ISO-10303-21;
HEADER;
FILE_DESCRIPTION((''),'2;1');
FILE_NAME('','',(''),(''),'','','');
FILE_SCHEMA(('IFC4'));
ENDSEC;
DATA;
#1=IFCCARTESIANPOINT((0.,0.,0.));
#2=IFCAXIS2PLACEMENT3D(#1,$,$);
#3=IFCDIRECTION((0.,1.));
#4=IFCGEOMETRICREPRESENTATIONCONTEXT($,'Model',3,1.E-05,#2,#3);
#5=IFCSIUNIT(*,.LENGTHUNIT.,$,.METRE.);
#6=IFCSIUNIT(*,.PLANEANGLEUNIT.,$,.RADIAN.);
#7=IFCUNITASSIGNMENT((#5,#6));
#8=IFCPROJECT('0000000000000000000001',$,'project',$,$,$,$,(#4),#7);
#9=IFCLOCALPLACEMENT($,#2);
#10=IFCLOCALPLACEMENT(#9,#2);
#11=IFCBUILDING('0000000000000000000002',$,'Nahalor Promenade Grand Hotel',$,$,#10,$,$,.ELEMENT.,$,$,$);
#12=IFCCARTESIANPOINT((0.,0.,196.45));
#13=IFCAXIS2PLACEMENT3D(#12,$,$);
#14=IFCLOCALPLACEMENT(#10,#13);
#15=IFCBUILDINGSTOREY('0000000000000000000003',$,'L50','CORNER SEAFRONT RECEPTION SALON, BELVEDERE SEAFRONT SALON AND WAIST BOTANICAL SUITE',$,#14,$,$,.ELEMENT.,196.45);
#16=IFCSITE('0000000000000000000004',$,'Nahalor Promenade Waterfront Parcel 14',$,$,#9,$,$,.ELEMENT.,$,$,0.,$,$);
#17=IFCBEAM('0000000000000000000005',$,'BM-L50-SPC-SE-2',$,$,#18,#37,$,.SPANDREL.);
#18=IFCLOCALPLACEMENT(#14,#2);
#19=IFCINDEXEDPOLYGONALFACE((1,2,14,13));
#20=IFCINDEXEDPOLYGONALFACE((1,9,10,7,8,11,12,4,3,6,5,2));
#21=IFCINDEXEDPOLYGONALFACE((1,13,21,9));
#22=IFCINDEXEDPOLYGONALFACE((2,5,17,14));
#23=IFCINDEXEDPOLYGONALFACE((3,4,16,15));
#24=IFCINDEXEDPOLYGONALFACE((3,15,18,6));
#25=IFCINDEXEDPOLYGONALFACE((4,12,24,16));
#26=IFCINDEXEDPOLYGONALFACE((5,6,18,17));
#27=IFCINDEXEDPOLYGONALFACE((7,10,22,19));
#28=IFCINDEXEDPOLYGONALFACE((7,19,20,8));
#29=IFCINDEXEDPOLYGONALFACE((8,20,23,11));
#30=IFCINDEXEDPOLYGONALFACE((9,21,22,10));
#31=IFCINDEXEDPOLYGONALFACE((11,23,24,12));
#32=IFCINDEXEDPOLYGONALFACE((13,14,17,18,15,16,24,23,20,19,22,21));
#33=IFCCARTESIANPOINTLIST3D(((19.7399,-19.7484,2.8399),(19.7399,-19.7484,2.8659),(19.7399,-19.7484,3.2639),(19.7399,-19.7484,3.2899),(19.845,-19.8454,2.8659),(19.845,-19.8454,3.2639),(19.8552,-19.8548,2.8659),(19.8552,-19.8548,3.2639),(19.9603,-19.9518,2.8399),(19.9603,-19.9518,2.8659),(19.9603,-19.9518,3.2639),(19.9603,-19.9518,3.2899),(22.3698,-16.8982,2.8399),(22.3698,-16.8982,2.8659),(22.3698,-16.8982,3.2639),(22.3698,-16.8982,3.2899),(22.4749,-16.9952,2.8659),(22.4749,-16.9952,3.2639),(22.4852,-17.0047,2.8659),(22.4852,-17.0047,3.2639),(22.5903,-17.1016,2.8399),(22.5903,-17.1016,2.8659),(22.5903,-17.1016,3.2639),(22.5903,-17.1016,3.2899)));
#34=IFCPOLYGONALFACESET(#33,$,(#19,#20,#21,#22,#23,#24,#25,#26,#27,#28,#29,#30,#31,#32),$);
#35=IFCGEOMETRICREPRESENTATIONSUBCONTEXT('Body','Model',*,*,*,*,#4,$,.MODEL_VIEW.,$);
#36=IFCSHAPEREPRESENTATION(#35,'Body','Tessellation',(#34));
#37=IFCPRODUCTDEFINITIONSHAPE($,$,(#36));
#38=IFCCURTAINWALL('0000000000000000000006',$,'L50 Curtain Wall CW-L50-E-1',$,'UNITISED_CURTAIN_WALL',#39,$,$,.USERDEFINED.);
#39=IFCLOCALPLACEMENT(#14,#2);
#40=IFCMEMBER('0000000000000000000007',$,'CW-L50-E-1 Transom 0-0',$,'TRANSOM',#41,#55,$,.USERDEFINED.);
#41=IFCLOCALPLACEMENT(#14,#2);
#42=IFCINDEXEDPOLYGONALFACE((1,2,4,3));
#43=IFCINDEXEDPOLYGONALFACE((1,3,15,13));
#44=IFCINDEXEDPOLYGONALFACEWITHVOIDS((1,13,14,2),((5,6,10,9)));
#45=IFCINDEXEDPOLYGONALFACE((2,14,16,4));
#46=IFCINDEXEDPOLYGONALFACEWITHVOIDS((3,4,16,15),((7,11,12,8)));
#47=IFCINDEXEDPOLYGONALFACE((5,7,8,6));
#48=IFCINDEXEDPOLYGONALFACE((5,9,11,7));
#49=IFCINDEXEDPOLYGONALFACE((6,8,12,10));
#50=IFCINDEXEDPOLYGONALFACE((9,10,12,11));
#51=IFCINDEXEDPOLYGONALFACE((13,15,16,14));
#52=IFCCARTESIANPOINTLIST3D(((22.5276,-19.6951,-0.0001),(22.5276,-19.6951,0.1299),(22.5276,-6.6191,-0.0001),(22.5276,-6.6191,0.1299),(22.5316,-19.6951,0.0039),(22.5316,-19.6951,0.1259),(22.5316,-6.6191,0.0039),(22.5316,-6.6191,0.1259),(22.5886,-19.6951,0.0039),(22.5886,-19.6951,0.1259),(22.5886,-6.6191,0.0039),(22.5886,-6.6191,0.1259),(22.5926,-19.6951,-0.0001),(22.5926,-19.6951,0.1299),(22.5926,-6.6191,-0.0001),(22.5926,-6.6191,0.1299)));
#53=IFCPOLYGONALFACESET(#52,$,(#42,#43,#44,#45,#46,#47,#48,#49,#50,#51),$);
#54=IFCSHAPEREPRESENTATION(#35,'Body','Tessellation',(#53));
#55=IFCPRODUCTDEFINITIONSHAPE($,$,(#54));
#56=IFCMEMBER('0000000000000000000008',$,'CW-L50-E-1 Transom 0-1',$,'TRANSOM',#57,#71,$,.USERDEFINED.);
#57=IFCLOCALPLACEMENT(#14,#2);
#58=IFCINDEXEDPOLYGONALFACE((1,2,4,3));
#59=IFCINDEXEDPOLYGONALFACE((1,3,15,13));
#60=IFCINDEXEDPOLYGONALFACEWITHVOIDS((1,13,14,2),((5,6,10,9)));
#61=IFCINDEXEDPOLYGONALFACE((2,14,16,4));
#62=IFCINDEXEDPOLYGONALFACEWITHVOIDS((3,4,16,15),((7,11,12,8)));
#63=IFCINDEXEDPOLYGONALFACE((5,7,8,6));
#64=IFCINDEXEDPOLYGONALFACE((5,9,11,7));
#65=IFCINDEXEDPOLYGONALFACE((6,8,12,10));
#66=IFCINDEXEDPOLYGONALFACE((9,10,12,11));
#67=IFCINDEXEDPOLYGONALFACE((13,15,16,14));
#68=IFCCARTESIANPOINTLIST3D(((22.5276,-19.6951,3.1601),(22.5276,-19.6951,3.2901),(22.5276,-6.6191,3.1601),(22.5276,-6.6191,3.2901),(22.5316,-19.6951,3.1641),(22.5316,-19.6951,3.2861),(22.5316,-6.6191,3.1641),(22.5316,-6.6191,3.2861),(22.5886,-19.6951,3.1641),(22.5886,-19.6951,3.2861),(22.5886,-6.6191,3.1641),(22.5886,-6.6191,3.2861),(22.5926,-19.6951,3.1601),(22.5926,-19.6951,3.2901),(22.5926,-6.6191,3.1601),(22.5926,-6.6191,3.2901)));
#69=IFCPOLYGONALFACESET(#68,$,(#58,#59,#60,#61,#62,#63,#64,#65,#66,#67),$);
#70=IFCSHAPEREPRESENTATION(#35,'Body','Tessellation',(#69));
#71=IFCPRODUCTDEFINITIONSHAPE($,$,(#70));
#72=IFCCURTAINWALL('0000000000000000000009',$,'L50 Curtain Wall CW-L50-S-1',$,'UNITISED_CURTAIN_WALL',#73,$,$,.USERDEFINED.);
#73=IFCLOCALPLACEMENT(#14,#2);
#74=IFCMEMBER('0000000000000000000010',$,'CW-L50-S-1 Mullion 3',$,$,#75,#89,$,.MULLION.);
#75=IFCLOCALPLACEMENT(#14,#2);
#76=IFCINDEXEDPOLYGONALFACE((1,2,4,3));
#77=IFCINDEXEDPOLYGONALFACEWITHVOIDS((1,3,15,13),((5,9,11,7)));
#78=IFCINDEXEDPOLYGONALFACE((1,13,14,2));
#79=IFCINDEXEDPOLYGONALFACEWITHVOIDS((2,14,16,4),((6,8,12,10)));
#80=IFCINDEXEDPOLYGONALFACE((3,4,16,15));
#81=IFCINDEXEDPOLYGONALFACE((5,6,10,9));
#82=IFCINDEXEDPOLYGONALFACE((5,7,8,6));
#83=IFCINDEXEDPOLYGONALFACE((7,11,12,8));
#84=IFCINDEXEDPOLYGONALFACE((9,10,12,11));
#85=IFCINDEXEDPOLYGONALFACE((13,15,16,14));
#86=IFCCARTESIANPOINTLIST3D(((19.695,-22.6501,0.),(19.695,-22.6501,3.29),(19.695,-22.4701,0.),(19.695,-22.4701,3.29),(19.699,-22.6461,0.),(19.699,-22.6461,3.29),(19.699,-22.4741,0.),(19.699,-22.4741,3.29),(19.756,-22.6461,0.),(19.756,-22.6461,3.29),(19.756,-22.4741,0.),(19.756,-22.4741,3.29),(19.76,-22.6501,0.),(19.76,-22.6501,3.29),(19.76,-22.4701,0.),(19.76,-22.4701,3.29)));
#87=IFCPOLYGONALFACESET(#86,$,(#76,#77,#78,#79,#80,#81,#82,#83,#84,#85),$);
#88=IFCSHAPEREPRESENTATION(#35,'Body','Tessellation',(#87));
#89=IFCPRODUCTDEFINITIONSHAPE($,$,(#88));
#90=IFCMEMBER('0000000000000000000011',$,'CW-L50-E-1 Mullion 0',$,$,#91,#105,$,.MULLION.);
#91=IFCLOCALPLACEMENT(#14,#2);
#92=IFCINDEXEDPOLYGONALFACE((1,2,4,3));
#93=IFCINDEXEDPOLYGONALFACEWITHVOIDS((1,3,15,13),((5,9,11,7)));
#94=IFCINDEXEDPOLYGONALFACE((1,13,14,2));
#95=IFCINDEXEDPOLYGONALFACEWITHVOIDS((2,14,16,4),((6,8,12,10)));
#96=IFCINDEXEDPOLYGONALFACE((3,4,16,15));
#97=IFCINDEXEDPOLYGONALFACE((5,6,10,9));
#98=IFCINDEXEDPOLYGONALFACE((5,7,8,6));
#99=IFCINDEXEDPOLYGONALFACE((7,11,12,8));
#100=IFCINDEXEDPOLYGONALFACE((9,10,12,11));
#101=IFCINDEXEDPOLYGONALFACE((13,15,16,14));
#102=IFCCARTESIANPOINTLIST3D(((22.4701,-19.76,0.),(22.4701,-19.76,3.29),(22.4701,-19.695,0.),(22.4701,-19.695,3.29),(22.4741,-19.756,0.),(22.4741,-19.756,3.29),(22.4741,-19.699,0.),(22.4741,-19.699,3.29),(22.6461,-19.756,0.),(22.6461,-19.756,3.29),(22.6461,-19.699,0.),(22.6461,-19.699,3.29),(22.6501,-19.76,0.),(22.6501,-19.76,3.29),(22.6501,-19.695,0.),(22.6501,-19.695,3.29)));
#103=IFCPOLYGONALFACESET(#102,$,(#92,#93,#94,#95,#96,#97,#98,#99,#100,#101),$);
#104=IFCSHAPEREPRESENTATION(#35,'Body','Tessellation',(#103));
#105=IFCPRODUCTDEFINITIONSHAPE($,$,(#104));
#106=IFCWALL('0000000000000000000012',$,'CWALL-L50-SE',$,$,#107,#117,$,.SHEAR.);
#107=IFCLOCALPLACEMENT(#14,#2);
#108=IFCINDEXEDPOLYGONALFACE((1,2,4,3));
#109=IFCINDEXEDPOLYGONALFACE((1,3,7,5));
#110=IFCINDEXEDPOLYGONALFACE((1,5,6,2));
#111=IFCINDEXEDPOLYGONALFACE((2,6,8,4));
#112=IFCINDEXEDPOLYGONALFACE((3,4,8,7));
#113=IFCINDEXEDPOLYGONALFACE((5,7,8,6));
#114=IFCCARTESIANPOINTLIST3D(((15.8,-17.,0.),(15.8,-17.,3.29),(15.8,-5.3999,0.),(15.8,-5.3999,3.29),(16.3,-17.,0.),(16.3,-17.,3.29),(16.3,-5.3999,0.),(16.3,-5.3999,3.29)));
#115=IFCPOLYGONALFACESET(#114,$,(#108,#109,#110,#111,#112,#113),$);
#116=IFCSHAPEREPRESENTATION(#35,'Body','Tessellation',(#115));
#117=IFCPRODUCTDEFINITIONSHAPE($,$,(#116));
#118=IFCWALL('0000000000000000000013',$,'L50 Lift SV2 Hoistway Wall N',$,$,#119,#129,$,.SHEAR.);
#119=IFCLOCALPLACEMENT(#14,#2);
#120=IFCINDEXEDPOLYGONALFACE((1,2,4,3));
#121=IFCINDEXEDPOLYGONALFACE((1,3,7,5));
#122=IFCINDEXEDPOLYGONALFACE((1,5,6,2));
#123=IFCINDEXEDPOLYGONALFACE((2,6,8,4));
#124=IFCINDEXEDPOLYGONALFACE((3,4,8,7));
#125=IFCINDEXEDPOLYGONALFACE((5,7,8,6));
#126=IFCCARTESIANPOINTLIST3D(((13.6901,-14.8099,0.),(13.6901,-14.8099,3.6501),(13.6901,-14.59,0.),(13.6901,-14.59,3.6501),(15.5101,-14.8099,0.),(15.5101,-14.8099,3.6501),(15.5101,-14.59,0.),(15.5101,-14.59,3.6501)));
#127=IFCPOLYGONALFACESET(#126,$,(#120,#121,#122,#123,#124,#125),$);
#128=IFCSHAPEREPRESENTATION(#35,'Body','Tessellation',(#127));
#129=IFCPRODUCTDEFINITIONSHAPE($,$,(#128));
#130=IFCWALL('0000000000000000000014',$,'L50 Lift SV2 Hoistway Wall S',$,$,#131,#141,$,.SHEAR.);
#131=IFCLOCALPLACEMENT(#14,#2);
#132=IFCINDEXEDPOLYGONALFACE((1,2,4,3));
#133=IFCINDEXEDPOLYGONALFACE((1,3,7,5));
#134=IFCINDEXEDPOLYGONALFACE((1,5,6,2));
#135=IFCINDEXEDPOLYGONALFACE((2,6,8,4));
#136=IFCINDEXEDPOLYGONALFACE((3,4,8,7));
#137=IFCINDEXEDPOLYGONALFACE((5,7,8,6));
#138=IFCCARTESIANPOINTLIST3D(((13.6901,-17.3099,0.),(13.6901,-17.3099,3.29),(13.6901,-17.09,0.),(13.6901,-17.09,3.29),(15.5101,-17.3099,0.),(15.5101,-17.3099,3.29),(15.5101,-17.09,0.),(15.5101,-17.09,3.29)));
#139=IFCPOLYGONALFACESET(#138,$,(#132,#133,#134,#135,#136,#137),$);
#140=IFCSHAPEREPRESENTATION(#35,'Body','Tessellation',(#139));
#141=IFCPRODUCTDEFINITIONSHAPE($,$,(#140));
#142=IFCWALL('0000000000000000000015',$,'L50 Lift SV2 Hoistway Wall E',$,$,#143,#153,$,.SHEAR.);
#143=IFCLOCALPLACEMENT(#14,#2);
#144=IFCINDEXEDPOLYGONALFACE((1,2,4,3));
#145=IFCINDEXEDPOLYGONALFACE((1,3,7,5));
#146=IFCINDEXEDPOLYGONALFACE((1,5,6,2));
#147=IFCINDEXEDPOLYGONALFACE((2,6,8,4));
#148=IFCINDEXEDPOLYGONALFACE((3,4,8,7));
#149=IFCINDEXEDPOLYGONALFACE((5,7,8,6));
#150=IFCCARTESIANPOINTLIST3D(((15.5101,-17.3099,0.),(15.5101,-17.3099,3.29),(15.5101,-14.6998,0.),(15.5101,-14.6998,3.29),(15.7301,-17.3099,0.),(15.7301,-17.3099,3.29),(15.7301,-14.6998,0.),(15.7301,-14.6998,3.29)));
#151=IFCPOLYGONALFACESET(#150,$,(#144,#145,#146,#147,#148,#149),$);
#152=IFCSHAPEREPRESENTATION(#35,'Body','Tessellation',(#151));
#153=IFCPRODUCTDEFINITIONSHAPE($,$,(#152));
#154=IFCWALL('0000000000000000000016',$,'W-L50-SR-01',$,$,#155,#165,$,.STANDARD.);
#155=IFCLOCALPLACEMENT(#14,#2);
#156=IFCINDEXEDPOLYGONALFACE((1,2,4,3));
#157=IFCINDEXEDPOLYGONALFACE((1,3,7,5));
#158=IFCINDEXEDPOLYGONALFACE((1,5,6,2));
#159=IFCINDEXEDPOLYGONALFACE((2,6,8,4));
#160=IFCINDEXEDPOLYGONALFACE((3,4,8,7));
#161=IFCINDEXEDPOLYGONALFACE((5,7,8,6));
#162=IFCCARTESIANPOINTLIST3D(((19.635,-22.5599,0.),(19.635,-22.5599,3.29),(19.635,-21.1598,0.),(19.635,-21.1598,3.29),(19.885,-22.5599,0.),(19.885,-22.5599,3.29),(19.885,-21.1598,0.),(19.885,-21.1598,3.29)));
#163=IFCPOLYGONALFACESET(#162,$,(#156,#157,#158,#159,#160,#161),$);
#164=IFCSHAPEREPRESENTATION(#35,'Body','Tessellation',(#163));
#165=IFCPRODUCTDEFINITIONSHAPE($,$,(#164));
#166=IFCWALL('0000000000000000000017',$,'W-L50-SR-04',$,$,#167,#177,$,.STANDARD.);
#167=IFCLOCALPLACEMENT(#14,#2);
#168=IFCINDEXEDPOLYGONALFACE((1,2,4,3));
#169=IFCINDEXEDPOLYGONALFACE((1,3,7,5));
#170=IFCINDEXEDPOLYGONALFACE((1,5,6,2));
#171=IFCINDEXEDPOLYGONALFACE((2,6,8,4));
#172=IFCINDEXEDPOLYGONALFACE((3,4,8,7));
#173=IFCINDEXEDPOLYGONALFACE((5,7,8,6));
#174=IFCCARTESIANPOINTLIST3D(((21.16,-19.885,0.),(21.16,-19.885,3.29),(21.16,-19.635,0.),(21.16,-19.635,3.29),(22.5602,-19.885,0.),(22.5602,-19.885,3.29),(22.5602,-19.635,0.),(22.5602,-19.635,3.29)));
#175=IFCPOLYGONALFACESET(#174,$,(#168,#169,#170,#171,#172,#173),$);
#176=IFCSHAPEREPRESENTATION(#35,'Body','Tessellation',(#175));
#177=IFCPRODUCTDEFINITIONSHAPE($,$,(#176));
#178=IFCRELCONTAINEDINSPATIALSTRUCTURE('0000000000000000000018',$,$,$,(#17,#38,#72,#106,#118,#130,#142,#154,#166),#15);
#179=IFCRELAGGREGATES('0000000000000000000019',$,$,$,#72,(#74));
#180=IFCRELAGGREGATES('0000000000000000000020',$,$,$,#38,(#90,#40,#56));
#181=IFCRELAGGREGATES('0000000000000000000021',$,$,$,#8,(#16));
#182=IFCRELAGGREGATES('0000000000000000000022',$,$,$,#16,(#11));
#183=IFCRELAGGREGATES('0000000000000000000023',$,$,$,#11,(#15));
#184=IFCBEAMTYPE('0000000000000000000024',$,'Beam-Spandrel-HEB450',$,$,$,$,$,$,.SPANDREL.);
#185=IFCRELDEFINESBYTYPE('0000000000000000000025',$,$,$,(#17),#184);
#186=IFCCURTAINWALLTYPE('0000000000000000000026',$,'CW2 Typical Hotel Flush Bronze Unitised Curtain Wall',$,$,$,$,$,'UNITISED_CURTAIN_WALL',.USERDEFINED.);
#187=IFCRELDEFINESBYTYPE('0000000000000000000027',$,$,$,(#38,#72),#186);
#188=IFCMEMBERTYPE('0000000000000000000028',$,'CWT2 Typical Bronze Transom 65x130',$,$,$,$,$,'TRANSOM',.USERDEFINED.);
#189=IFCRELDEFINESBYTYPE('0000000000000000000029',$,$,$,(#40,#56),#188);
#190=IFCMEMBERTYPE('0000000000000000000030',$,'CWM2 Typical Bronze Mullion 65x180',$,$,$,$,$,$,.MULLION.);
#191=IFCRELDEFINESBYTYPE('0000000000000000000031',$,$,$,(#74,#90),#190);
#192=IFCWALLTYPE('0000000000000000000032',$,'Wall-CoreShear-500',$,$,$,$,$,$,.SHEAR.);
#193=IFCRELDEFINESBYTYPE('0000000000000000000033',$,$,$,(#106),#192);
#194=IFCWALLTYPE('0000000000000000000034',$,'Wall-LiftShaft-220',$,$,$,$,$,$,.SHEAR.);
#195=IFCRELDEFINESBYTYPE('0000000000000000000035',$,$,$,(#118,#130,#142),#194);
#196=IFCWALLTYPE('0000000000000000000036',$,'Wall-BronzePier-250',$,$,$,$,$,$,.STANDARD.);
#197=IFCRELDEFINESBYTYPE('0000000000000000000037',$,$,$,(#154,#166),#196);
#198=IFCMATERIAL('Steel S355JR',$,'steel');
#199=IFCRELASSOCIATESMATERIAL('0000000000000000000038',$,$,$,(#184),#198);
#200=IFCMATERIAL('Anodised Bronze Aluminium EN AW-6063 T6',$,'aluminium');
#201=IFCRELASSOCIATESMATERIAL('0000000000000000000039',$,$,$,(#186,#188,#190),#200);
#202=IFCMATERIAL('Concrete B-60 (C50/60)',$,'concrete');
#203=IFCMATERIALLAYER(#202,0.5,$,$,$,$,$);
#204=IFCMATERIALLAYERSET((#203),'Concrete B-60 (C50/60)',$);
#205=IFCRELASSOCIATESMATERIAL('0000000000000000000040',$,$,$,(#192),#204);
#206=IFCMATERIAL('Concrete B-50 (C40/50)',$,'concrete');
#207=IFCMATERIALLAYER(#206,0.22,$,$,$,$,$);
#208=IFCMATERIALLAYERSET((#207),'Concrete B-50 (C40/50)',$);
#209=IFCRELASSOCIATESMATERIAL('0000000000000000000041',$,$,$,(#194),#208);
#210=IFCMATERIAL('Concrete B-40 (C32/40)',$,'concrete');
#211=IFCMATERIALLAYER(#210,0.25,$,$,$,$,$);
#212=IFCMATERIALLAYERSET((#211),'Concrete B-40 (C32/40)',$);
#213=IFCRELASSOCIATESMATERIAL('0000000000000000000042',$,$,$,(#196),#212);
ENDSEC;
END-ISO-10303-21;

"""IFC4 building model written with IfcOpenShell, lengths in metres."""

from ifc_helpers import new_model, si_unit, direction, frame, frame_2d, origin, origin_2d, place, context, subcontext, project, spatial, rectangle, hollow_rectangle, i_section, extrude, source, transform, mapped, material, layer, layer_set, material_profile, profile_set, type_object, element, aggregate, save


model = new_model("IFC4")

# Units and contexts
model_context = context("Model", 3, precision=1e-05, world=origin(), true_north=direction((0.0, 1.0)))
body_context = subcontext(model_context, "Body", "Model", "MODEL_VIEW")
ifc_project = project(units=[si_unit("LENGTHUNIT", "METRE"), si_unit("PLANEANGLEUNIT", "RADIAN")], contexts=[model_context])

# Site, building, storey
site_placement = place(None, origin())
site = spatial("IfcSite", under=ifc_project, at=site_placement, Name="Nahalor Promenade Waterfront Parcel 14", CompositionType="ELEMENT", RefElevation=0.0)
building_placement = place(site_placement, origin())
building = spatial("IfcBuilding", under=site, at=building_placement, Name="Nahalor Promenade Grand Hotel", CompositionType="ELEMENT")
storey_placement = place(building_placement, frame((0.0, 0.0, 196.45)))
storey = spatial("IfcBuildingStorey", under=building, at=storey_placement, Name="L50", Description="CORNER SEAFRONT RECEPTION SALON, BELVEDERE SEAFRONT SALON AND WAIST BOTANICAL SUITE", CompositionType="ELEMENT", Elevation=196.45)

# Shared definitions
ifc_material_1 = material(Name="Concrete B-60 (C50/60)", Category="concrete")

# Beam
ifc_material_2 = material(Name="Steel S355JR", Category="steel")
ifc_material_profile_1 = material_profile(ifc_material_2, i_section(OverallWidth=0.3, OverallDepth=0.45, WebThickness=0.014, FlangeThickness=0.026, at=origin_2d()), Name="HEB 450")
ifc_profile_set_1 = profile_set([ifc_material_profile_1], Name="Steel S355JR")
beam_type_1 = type_object("IfcBeamType", Name="Beam-Spandrel-HEB450", PredefinedType="SPANDREL", material=ifc_profile_set_1)
shared_shape_1 = source(origin(), body_context, "Body", "SweptSolid", [
    extrude(i_section(OverallWidth=0.3, OverallDepth=0.45, WebThickness=0.014, FlangeThickness=0.026, at=origin_2d()), origin(), (0.0, 0.0, 1.0), 3.8782),
])
for number, where, z_axis, x_axis, name in (
    (1, (19.8501, -19.8501, 3.0649), (0.678144, 0.734929, 0.0), (-0.734929, 0.678144, 0.0), "BM-L50-SPC-SE-2"),
):
    element("IfcBeam", number, at=place(storey_placement, frame(where, z_axis=z_axis, x_axis=x_axis)), inside=storey, type_object=beam_type_1, Name=name, PredefinedType="SPANDREL", context=body_context, shape_type="MappedRepresentation", body=[
        mapped(shared_shape_1, transform((0.0, 0.0, 0.0), scale=1.0)),
    ])

# Curtain wall, members
ifc_material_3 = material(Name="Anodised Bronze Aluminium EN AW-6063 T6", Category="aluminium")
curtain_wall_type = type_object("IfcCurtainWallType", Name="CW2 Typical Hotel Flush Bronze Unitised Curtain Wall", ElementType="UNITISED_CURTAIN_WALL", PredefinedType="USERDEFINED", material=ifc_material_3)
curtain_wall_1_placement = place(storey_placement, origin())
curtain_wall_1 = element("IfcCurtainWall", 2, at=curtain_wall_1_placement, inside=storey, type_object=curtain_wall_type, Name="L50 Curtain Wall CW-L50-E-1", ObjectType="UNITISED_CURTAIN_WALL", PredefinedType="USERDEFINED")
ifc_material_profile_2 = material_profile(ifc_material_3, hollow_rectangle(XDim=0.065, YDim=0.13, WallThickness=0.004, at=origin_2d()), Name="CWT 65x130x4")
ifc_profile_set_2 = profile_set([ifc_material_profile_2], Name="Anodised Bronze Aluminium EN AW-6063 T6")
member_type_1 = type_object("IfcMemberType", Name="CWT2 Typical Bronze Transom 65x130", ElementType="TRANSOM", PredefinedType="USERDEFINED", material=ifc_profile_set_2)
shared_shape_2 = source(origin(), body_context, "Body", "SweptSolid", [
    extrude(hollow_rectangle(XDim=0.065, YDim=0.13, WallThickness=0.004, at=origin_2d()), origin(), (0.0, 0.0, 1.0), 13.0759),
])
member_1_placement = place(storey_placement, frame((22.5601, -19.6951, 0.0649), z_axis=(0.0, 1.0, 0.0), x_axis=(-1.0, 0.0, 0.0)))
member_1 = element("IfcMember", 3, at=member_1_placement, type_object=member_type_1, Name="CW-L50-E-1 Transom 0-0", ObjectType="TRANSOM", PredefinedType="USERDEFINED", context=body_context, shape_type="MappedRepresentation", body=[
    mapped(shared_shape_2, transform((0.0, 0.0, 0.0), scale=1.0)),
])
member_2_placement = place(storey_placement, frame((22.5601, -19.6951, 3.2251), z_axis=(0.0, 1.0, 0.0), x_axis=(-1.0, 0.0, 0.0)))
member_2 = element("IfcMember", 4, at=member_2_placement, type_object=member_type_1, Name="CW-L50-E-1 Transom 0-1", ObjectType="TRANSOM", PredefinedType="USERDEFINED", context=body_context, shape_type="MappedRepresentation", body=[
    mapped(shared_shape_2, transform((0.0, 0.0, 0.0), scale=1.0)),
])

# Curtain wall, member
curtain_wall_2_placement = place(storey_placement, origin())
curtain_wall_2 = element("IfcCurtainWall", 5, at=curtain_wall_2_placement, inside=storey, type_object=curtain_wall_type, Name="L50 Curtain Wall CW-L50-S-1", ObjectType="UNITISED_CURTAIN_WALL", PredefinedType="USERDEFINED")
ifc_material_profile_3 = material_profile(ifc_material_3, hollow_rectangle(XDim=0.065, YDim=0.18, WallThickness=0.004, at=origin_2d()), Name="CWM 65x180x4")
ifc_profile_set_3 = profile_set([ifc_material_profile_3], Name="Anodised Bronze Aluminium EN AW-6063 T6")
member_type_2 = type_object("IfcMemberType", Name="CWM2 Typical Bronze Mullion 65x180", PredefinedType="MULLION", material=ifc_profile_set_3)
shared_shape_3 = source(origin(), body_context, "Body", "SweptSolid", [
    extrude(hollow_rectangle(XDim=0.065, YDim=0.18, WallThickness=0.004, at=origin_2d()), origin(), (0.0, 0.0, 1.0), 3.29),
])
member_3_placement = place(storey_placement, frame((19.7275, -22.5601, 0.0), z_axis=(0.0, 0.0, 1.0), x_axis=(1.0, 0.0, 0.0)))
member_3 = element("IfcMember", 6, at=member_3_placement, type_object=member_type_2, Name="CW-L50-S-1 Mullion 3", PredefinedType="MULLION", context=body_context, shape_type="MappedRepresentation", body=[
    mapped(shared_shape_3, transform((0.0, 0.0, 0.0), scale=1.0)),
])
aggregate(curtain_wall_2, [member_3])

# Member
member_4_placement = place(storey_placement, frame((22.5601, -19.7275, 0.0), z_axis=(0.0, 0.0, 1.0), x_axis=(0.0, 1.0, 0.0)))
member_4 = element("IfcMember", 7, at=member_4_placement, type_object=member_type_2, Name="CW-L50-E-1 Mullion 0", PredefinedType="MULLION", context=body_context, shape_type="MappedRepresentation", body=[
    mapped(shared_shape_3, transform((0.0, 0.0, 0.0), scale=1.0)),
])
aggregate(curtain_wall_1, [member_4, member_1, member_2])

# Walls
ifc_layer_1 = layer(ifc_material_1, 0.5)
ifc_layer_set_1 = layer_set([ifc_layer_1], Name="Concrete B-60 (C50/60)")
wall_type_1 = type_object("IfcWallType", Name="Wall-CoreShear-500", PredefinedType="SHEAR", material=ifc_layer_set_1)
shared_shape_4 = source(origin(), body_context, "Body", "SweptSolid", [
    extrude(rectangle(XDim=11.6001, YDim=0.5, at=frame_2d((5.8, 0.0))), origin(), (0.0, 0.0, 1.0), 3.29),
])
wall_1_placement = place(storey_placement, frame((16.05, -17.0, 0.0), z_axis=(0.0, 0.0, 1.0), x_axis=(0.0, 1.0, 0.0)))
element("IfcWall", 8, at=wall_1_placement, inside=storey, type_object=wall_type_1, Name="CWALL-L50-SE", PredefinedType="SHEAR", context=body_context, shape_type="MappedRepresentation", body=[
    mapped(shared_shape_4, transform((0.0, 0.0, 0.0), scale=1.0)),
])
ifc_material_4 = material(Name="Concrete B-50 (C40/50)", Category="concrete")
ifc_layer_2 = layer(ifc_material_4, 0.22)
ifc_layer_set_2 = layer_set([ifc_layer_2], Name="Concrete B-50 (C40/50)")
wall_type_2 = type_object("IfcWallType", Name="Wall-LiftShaft-220", PredefinedType="SHEAR", material=ifc_layer_set_2)
shared_shape_5 = source(origin(), body_context, "Body", "SweptSolid", [
    extrude(rectangle(XDim=1.8201, YDim=0.22, at=frame_2d((0.9102, 0.0))), origin(), (0.0, 0.0, 1.0), 3.6501),
])
wall_2_placement = place(storey_placement, frame((13.6899, -14.7, 0.0), z_axis=(0.0, 0.0, 1.0), x_axis=(1.0, 0.0, 0.0)))
element("IfcWall", 9, at=wall_2_placement, inside=storey, type_object=wall_type_2, Name="L50 Lift SV2 Hoistway Wall N", PredefinedType="SHEAR", context=body_context, shape_type="MappedRepresentation", body=[
    mapped(shared_shape_5, transform((0.0, 0.0, 0.0), scale=1.0)),
])
shared_shape_6 = source(origin(), body_context, "Body", "SweptSolid", [
    extrude(rectangle(XDim=1.8201, YDim=0.22, at=frame_2d((0.9102, 0.0))), origin(), (0.0, 0.0, 1.0), 3.29),
])
wall_3_placement = place(storey_placement, frame((13.6899, -17.2, 0.0), z_axis=(0.0, 0.0, 1.0), x_axis=(1.0, 0.0, 0.0)))
element("IfcWall", 10, at=wall_3_placement, inside=storey, type_object=wall_type_2, Name="L50 Lift SV2 Hoistway Wall S", PredefinedType="SHEAR", context=body_context, shape_type="MappedRepresentation", body=[
    mapped(shared_shape_6, transform((0.0, 0.0, 0.0), scale=1.0)),
])
shared_shape_7 = source(origin(), body_context, "Body", "SweptSolid", [
    extrude(rectangle(XDim=2.6101, YDim=0.22, at=frame_2d((1.3052, 0.0))), origin(), (0.0, 0.0, 1.0), 3.29),
])
wall_4_placement = place(storey_placement, frame((15.6201, -17.3101, 0.0), z_axis=(0.0, 0.0, 1.0), x_axis=(0.0, 1.0, 0.0)))
element("IfcWall", 11, at=wall_4_placement, inside=storey, type_object=wall_type_2, Name="L50 Lift SV2 Hoistway Wall E", PredefinedType="SHEAR", context=body_context, shape_type="MappedRepresentation", body=[
    mapped(shared_shape_7, transform((0.0, 0.0, 0.0), scale=1.0)),
])
ifc_material_5 = material(Name="Concrete B-40 (C32/40)", Category="concrete")
ifc_layer_3 = layer(ifc_material_5, 0.25)
ifc_layer_set_3 = layer_set([ifc_layer_3], Name="Concrete B-40 (C32/40)")
wall_type_3 = type_object("IfcWallType", Name="Wall-BronzePier-250", PredefinedType="STANDARD", material=ifc_layer_set_3)
shared_shape_8 = source(origin(), body_context, "Body", "SweptSolid", [
    extrude(rectangle(XDim=1.4001, YDim=0.25, at=frame_2d((0.7002, 0.0))), origin(), (0.0, 0.0, 1.0), 3.29),
])
for number, where, z_axis, x_axis, name in (
    (12, (19.76, -22.5601, 0.0), (0.0, 0.0, 1.0), (0.0, 1.0, 0.0), "W-L50-SR-01"),
    (13, (21.1599, -19.76, 0.0), (0.0, 0.0, 1.0), (1.0, 0.0, 0.0), "W-L50-SR-04"),
):
    element("IfcWall", number, at=place(storey_placement, frame(where, z_axis=z_axis, x_axis=x_axis)), inside=storey, type_object=wall_type_3, Name=name, PredefinedType="STANDARD", context=body_context, shape_type="MappedRepresentation", body=[
        mapped(shared_shape_8, transform((0.0, 0.0, 0.0), scale=1.0)),
    ])

save(model, "model.ifc")
